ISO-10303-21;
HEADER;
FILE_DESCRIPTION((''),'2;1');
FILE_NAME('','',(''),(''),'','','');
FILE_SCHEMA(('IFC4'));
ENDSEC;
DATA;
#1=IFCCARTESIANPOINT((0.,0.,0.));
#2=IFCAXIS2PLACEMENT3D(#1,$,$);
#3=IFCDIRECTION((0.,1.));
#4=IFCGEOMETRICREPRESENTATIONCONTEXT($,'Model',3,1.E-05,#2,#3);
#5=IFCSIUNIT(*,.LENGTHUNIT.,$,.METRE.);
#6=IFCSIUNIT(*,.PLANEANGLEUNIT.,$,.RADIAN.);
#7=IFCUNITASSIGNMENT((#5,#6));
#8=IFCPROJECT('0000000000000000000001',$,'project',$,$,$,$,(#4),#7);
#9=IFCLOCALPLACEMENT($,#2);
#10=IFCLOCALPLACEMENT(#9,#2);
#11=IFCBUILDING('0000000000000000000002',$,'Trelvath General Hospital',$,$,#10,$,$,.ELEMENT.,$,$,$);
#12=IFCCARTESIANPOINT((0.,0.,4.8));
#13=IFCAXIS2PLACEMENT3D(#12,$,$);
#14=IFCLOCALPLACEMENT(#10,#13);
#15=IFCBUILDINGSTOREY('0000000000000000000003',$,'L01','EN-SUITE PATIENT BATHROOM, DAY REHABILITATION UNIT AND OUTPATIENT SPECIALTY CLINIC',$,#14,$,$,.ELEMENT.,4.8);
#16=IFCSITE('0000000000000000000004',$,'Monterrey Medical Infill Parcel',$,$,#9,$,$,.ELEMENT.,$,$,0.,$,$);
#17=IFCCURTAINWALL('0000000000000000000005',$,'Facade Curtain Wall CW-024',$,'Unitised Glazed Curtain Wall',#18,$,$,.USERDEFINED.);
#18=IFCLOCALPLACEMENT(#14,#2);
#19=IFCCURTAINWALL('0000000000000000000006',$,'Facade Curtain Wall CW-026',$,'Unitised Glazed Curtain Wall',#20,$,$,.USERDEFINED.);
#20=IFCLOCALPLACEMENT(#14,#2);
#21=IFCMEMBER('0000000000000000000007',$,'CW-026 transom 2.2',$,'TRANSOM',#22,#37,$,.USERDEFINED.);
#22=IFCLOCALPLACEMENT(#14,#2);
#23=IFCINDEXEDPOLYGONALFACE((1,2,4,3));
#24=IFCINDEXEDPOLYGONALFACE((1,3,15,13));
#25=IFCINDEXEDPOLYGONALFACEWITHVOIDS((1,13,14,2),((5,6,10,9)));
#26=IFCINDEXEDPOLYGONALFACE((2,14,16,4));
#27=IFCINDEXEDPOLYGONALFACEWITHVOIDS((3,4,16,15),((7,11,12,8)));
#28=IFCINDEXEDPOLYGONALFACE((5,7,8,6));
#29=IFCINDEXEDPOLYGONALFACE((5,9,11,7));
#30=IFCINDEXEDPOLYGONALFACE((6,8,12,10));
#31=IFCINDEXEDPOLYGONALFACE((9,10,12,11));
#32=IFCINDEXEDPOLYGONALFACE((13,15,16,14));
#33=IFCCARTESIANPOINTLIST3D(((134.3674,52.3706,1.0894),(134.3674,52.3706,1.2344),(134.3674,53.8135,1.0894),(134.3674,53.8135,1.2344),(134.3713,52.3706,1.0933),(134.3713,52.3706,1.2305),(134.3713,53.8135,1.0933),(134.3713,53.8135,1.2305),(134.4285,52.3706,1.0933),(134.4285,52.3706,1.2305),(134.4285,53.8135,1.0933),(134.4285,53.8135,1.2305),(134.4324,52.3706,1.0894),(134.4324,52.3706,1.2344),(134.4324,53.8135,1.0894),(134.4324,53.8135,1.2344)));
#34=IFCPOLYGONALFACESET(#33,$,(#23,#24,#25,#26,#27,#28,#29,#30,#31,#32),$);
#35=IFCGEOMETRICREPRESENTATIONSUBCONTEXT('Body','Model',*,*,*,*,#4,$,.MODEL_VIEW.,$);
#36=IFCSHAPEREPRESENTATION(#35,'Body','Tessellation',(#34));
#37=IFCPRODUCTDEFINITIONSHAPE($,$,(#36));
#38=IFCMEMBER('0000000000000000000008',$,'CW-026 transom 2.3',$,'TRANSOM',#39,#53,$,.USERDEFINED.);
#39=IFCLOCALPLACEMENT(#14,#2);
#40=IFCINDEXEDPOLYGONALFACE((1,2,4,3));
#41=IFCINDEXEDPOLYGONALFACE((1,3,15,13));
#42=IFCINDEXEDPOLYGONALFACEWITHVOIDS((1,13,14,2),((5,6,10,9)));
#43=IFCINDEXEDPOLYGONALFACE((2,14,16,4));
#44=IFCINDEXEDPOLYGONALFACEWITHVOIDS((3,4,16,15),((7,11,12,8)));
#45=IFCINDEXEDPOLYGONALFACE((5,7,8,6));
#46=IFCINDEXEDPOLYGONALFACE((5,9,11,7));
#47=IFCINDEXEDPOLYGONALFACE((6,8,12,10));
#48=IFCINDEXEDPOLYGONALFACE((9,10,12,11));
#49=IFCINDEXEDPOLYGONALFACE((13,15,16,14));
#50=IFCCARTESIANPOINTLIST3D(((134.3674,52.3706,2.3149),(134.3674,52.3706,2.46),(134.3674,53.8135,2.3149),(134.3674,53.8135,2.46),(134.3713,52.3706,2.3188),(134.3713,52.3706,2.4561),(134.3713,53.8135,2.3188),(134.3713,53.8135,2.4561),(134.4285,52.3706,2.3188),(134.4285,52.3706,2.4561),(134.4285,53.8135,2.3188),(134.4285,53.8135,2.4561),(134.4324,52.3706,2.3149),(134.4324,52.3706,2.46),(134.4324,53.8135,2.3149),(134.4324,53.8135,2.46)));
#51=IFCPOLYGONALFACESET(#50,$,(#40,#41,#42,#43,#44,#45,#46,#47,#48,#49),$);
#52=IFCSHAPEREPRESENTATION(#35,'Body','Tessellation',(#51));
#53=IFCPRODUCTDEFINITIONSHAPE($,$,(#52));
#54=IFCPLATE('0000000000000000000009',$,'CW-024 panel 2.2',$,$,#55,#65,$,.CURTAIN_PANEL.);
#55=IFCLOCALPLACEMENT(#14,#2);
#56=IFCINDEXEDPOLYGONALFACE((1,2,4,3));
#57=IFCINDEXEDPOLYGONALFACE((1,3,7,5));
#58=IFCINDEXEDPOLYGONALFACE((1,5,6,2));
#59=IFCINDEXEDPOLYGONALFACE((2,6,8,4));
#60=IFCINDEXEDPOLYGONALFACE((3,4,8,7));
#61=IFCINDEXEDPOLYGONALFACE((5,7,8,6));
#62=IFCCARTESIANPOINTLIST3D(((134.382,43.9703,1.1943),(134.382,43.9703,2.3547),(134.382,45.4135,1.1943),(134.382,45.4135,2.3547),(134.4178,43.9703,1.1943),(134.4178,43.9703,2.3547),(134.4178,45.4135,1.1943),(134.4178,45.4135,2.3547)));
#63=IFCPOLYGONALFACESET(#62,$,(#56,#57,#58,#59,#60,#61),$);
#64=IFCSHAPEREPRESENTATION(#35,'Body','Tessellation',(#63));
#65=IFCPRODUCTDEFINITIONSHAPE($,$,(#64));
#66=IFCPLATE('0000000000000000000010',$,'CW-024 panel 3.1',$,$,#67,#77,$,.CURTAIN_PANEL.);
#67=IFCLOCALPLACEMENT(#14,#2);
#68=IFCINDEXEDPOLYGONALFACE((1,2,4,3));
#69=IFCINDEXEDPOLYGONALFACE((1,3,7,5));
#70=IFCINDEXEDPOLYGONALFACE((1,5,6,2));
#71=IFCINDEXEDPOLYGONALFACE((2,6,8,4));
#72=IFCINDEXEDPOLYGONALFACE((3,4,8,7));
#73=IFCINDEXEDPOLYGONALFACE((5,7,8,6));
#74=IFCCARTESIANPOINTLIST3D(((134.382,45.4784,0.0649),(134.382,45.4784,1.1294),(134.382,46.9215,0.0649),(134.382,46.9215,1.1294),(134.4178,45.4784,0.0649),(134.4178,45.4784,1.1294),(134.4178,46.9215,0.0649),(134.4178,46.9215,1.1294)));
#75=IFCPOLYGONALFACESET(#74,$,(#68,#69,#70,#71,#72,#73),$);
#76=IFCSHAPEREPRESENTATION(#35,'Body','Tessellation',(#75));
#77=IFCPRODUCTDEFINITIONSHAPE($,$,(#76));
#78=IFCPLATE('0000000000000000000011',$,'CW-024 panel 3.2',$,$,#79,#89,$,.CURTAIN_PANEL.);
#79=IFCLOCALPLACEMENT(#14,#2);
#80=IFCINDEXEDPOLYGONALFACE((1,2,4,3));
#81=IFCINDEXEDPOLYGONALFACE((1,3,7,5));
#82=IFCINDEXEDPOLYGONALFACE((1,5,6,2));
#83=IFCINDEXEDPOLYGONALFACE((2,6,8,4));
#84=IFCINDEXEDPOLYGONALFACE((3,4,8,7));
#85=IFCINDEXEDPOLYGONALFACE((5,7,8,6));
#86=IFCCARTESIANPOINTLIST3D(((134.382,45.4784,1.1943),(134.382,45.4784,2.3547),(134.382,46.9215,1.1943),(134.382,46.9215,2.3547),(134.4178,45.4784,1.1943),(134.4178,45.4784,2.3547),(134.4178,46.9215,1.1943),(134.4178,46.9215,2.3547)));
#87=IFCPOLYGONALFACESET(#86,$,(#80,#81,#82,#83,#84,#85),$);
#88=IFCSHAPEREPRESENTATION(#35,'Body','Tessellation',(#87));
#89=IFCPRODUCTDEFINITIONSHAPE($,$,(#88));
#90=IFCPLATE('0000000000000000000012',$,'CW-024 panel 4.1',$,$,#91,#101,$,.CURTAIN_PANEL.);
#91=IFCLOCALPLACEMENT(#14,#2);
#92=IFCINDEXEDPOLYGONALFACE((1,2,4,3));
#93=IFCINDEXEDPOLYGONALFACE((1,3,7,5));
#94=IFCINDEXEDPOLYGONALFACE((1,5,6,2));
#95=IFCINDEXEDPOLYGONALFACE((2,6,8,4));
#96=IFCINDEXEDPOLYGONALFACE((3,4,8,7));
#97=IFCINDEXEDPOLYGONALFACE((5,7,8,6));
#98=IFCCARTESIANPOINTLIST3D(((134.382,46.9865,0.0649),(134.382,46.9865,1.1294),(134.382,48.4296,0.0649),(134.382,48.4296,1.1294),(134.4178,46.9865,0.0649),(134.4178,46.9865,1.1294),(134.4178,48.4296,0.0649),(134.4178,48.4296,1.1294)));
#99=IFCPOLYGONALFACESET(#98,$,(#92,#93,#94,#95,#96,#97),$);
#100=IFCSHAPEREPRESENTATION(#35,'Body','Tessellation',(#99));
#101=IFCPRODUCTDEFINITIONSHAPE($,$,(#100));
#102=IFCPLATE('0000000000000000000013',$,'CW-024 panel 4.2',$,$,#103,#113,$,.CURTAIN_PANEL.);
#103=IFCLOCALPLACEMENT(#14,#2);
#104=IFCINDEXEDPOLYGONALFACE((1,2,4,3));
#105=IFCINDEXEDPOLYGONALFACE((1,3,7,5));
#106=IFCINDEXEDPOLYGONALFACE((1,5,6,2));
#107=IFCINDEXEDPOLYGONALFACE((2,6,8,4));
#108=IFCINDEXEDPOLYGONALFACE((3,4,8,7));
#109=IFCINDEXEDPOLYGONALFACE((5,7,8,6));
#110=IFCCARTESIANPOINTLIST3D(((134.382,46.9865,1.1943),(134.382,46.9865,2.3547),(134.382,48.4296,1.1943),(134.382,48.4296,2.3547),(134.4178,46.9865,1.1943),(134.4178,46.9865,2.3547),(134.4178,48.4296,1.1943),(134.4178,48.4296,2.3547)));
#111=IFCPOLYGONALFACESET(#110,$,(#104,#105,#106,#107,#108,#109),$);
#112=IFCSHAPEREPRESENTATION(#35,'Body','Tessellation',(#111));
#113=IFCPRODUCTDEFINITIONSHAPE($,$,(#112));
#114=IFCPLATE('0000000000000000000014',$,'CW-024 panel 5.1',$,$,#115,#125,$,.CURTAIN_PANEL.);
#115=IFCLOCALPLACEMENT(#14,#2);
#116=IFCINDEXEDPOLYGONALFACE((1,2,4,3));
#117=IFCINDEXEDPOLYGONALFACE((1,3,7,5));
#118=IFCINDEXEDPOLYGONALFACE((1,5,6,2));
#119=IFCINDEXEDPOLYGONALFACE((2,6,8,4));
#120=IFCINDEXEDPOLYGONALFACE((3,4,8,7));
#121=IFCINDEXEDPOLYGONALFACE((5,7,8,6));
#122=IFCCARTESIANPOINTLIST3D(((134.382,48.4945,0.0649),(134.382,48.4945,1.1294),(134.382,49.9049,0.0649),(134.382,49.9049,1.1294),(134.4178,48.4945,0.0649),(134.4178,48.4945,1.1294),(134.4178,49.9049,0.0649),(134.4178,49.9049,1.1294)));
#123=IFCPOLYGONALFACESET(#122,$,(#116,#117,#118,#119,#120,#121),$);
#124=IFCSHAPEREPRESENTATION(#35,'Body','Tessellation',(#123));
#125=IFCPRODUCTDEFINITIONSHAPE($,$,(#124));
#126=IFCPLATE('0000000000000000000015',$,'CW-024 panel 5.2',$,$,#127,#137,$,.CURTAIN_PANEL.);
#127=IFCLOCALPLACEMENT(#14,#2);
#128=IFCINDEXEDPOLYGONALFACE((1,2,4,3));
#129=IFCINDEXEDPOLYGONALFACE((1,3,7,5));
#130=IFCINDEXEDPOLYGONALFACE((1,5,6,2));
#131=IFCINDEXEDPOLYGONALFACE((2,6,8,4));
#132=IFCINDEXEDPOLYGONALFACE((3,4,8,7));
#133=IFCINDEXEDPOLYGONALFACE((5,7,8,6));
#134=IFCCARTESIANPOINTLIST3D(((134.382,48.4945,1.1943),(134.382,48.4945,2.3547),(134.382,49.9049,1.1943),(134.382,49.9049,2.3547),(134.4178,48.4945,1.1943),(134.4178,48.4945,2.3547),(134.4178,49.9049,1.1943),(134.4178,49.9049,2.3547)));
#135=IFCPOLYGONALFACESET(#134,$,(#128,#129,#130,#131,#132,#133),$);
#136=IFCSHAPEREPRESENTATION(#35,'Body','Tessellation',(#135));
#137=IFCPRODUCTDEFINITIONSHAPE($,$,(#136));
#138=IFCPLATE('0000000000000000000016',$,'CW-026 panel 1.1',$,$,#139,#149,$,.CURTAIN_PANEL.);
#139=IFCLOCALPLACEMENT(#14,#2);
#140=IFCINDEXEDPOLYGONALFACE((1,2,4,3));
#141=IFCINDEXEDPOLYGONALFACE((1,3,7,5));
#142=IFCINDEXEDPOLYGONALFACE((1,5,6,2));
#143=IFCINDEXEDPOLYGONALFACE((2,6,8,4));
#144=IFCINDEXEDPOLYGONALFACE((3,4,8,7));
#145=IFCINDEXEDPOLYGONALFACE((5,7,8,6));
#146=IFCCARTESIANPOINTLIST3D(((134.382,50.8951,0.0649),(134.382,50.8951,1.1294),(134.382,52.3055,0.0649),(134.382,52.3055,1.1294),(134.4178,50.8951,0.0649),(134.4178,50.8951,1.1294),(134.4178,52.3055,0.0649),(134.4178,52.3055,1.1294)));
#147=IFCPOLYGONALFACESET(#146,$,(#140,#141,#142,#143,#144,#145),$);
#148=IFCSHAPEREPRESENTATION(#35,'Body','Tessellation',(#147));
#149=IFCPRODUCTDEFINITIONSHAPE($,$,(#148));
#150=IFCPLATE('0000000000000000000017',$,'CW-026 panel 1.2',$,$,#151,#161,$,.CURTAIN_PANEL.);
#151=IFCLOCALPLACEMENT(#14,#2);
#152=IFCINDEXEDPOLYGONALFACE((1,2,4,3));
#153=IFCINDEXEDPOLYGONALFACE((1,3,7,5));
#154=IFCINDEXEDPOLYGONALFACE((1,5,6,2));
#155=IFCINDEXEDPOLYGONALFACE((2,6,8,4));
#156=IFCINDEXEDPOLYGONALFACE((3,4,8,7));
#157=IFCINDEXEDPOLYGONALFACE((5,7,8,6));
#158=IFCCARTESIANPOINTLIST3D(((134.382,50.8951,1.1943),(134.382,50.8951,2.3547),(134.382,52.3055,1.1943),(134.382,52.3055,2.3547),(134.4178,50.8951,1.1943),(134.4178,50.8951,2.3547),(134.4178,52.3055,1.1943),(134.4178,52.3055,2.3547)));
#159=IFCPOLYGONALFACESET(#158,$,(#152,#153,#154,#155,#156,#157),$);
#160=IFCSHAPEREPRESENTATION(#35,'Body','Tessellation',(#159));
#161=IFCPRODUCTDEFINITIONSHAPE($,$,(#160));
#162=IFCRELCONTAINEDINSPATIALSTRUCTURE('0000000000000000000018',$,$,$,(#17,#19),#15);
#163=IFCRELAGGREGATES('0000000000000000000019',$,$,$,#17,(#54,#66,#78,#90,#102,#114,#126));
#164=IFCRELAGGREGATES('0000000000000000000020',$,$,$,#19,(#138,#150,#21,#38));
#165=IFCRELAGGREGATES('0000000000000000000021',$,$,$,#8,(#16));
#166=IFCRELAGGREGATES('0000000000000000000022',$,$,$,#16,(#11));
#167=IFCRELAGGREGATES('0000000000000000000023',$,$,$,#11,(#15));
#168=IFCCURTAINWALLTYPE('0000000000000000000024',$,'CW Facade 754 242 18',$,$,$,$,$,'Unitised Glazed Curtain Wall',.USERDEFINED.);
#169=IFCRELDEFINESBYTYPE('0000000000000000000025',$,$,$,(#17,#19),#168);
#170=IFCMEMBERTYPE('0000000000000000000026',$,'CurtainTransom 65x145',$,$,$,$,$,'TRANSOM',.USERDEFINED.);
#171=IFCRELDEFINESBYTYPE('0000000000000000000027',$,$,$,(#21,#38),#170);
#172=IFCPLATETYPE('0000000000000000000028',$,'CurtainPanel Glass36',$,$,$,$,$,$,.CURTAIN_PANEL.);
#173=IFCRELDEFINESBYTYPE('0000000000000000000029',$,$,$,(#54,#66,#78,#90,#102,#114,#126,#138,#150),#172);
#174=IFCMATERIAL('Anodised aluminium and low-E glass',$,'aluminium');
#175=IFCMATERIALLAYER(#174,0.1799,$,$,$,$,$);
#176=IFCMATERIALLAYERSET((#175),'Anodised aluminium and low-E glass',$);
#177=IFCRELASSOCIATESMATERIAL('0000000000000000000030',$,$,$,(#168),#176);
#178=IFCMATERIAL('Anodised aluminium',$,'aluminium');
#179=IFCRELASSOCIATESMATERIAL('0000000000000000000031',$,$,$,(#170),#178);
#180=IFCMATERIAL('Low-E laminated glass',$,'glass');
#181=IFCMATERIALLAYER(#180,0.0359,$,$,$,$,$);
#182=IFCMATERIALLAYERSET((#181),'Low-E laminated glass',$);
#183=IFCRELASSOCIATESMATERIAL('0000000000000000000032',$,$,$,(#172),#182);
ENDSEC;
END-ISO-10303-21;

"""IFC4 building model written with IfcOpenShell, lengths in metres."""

from ifc_helpers import new_model, si_unit, direction, frame, origin, origin_2d, place, context, subcontext, project, spatial, rectangle, hollow_rectangle, extrude, material, layer, layer_set, material_profile, profile_set, type_object, element, aggregate, save


model = new_model("IFC4")

# Units and contexts
model_context = context("Model", 3, precision=1e-05, world=origin(), true_north=direction((0.0, 1.0)))
body_context = subcontext(model_context, "Body", "Model", "MODEL_VIEW")
ifc_project = project(units=[si_unit("LENGTHUNIT", "METRE"), si_unit("PLANEANGLEUNIT", "RADIAN")], contexts=[model_context])

# Site, building, storey
site_placement = place(None, origin())
site = spatial("IfcSite", under=ifc_project, at=site_placement, Name="Monterrey Medical Infill Parcel", CompositionType="ELEMENT", RefElevation=0.0)
building_placement = place(site_placement, origin())
building = spatial("IfcBuilding", under=site, at=building_placement, Name="Trelvath General Hospital", CompositionType="ELEMENT")
storey_placement = place(building_placement, frame((0.0, 0.0, 4.8)))
storey = spatial("IfcBuildingStorey", under=building, at=storey_placement, Name="L01", Description="EN-SUITE PATIENT BATHROOM, DAY REHABILITATION UNIT AND OUTPATIENT SPECIALTY CLINIC", CompositionType="ELEMENT", Elevation=4.8)

# Curtain walls
ifc_material_1 = material(Name="Anodised aluminium and low-E glass", Category="aluminium")
ifc_layer_1 = layer(ifc_material_1, 0.1799)
ifc_layer_set_1 = layer_set([ifc_layer_1], Name="Anodised aluminium and low-E glass")
curtain_wall_type = type_object("IfcCurtainWallType", Name="CW Facade 754 242 18", ElementType="Unitised Glazed Curtain Wall", PredefinedType="USERDEFINED", material=ifc_layer_set_1)
curtain_wall_1_placement = place(storey_placement, origin())
curtain_wall_1 = element("IfcCurtainWall", 1, at=curtain_wall_1_placement, inside=storey, type_object=curtain_wall_type, Name="Facade Curtain Wall CW-024", ObjectType="Unitised Glazed Curtain Wall", PredefinedType="USERDEFINED")
curtain_wall_2_placement = place(storey_placement, origin())
curtain_wall_2 = element("IfcCurtainWall", 2, at=curtain_wall_2_placement, inside=storey, type_object=curtain_wall_type, Name="Facade Curtain Wall CW-026", ObjectType="Unitised Glazed Curtain Wall", PredefinedType="USERDEFINED")

# Members
ifc_material_2 = material(Name="Anodised aluminium", Category="aluminium")
ifc_material_profile_1 = material_profile(ifc_material_2, hollow_rectangle(XDim=0.0649, YDim=0.145, WallThickness=0.0039, at=origin_2d()), Name="RHS65x145x4")
ifc_profile_set_1 = profile_set([ifc_material_profile_1], Name="Anodised aluminium")
member_type_1 = type_object("IfcMemberType", Name="CurtainTransom 65x145", ElementType="TRANSOM", PredefinedType="USERDEFINED", material=ifc_profile_set_1)
member_1_placement = place(storey_placement, frame((134.3999, 52.3706, 1.1619), z_axis=(0.0, 1.0, 0.0), x_axis=(-1.0, 0.0, 0.0)))
member_1 = element("IfcMember", 3, at=member_1_placement, type_object=member_type_1, Name="CW-026 transom 2.2", ObjectType="TRANSOM", PredefinedType="USERDEFINED", context=body_context, shape_type="SweptSolid", body=[
    extrude(hollow_rectangle(XDim=0.0649, YDim=0.145, WallThickness=0.0039, at=origin_2d()), origin(), (0.0, 0.0, 1.0), 1.4429),
])
member_2_placement = place(storey_placement, frame((134.3999, 52.3706, 2.3875), z_axis=(0.0, 1.0, 0.0), x_axis=(-1.0, 0.0, 0.0)))
member_2 = element("IfcMember", 4, at=member_2_placement, type_object=member_type_1, Name="CW-026 transom 2.3", ObjectType="TRANSOM", PredefinedType="USERDEFINED", context=body_context, shape_type="SweptSolid", body=[
    extrude(hollow_rectangle(XDim=0.0649, YDim=0.145, WallThickness=0.0039, at=origin_2d()), origin(), (0.0, 0.0, 1.0), 1.4429),
])

# Plates
ifc_material_3 = material(Name="Low-E laminated glass", Category="glass")
ifc_layer_2 = layer(ifc_material_3, 0.0359)
ifc_layer_set_2 = layer_set([ifc_layer_2], Name="Low-E laminated glass")
plate_type = type_object("IfcPlateType", Name="CurtainPanel Glass36", PredefinedType="CURTAIN_PANEL", material=ifc_layer_set_2)
plate_1_placement = place(storey_placement, frame((134.3999, 44.6919, 1.1943), z_axis=(0.0, 0.0, 1.0), x_axis=(0.0, 1.0, 0.0)))
plate_1 = element("IfcPlate", 5, at=plate_1_placement, type_object=plate_type, Name="CW-024 panel 2.2", PredefinedType="CURTAIN_PANEL", context=body_context, shape_type="SweptSolid", body=[
    extrude(rectangle(XDim=1.4431, YDim=0.0359, at=origin_2d()), origin(), (0.0, 0.0, 1.0), 1.1604),
])
plate_2_placement = place(storey_placement, frame((134.3999, 46.2, 0.0649), z_axis=(0.0, 0.0, 1.0), x_axis=(0.0, 1.0, 0.0)))
plate_2 = element("IfcPlate", 6, at=plate_2_placement, type_object=plate_type, Name="CW-024 panel 3.1", PredefinedType="CURTAIN_PANEL", context=body_context, shape_type="SweptSolid", body=[
    extrude(rectangle(XDim=1.4431, YDim=0.0359, at=origin_2d()), origin(), (0.0, 0.0, 1.0), 1.0645),
])
plate_3_placement = place(storey_placement, frame((134.3999, 46.2, 1.1943), z_axis=(0.0, 0.0, 1.0), x_axis=(0.0, 1.0, 0.0)))
plate_3 = element("IfcPlate", 7, at=plate_3_placement, type_object=plate_type, Name="CW-024 panel 3.2", PredefinedType="CURTAIN_PANEL", context=body_context, shape_type="SweptSolid", body=[
    extrude(rectangle(XDim=1.4431, YDim=0.0359, at=origin_2d()), origin(), (0.0, 0.0, 1.0), 1.1604),
])
plate_4_placement = place(storey_placement, frame((134.3999, 47.708, 0.0649), z_axis=(0.0, 0.0, 1.0), x_axis=(0.0, 1.0, 0.0)))
plate_4 = element("IfcPlate", 8, at=plate_4_placement, type_object=plate_type, Name="CW-024 panel 4.1", PredefinedType="CURTAIN_PANEL", context=body_context, shape_type="SweptSolid", body=[
    extrude(rectangle(XDim=1.4431, YDim=0.0359, at=origin_2d()), origin(), (0.0, 0.0, 1.0), 1.0645),
])
plate_5_placement = place(storey_placement, frame((134.3999, 47.708, 1.1943), z_axis=(0.0, 0.0, 1.0), x_axis=(0.0, 1.0, 0.0)))
plate_5 = element("IfcPlate", 9, at=plate_5_placement, type_object=plate_type, Name="CW-024 panel 4.2", PredefinedType="CURTAIN_PANEL", context=body_context, shape_type="SweptSolid", body=[
    extrude(rectangle(XDim=1.4431, YDim=0.0359, at=origin_2d()), origin(), (0.0, 0.0, 1.0), 1.1604),
])
plate_6_placement = place(storey_placement, frame((134.3999, 49.1997, 0.0649), z_axis=(0.0, 0.0, 1.0), x_axis=(0.0, 1.0, 0.0)))
plate_6 = element("IfcPlate", 10, at=plate_6_placement, type_object=plate_type, Name="CW-024 panel 5.1", PredefinedType="CURTAIN_PANEL", context=body_context, shape_type="SweptSolid", body=[
    extrude(rectangle(XDim=1.4104, YDim=0.0359, at=origin_2d()), origin(), (0.0, 0.0, 1.0), 1.0645),
])
plate_7_placement = place(storey_placement, frame((134.3999, 49.1997, 1.1943), z_axis=(0.0, 0.0, 1.0), x_axis=(0.0, 1.0, 0.0)))
plate_7 = element("IfcPlate", 11, at=plate_7_placement, type_object=plate_type, Name="CW-024 panel 5.2", PredefinedType="CURTAIN_PANEL", context=body_context, shape_type="SweptSolid", body=[
    extrude(rectangle(XDim=1.4104, YDim=0.0359, at=origin_2d()), origin(), (0.0, 0.0, 1.0), 1.1604),
])
aggregate(curtain_wall_1, [plate_1, plate_2, plate_3, plate_4, plate_5, plate_6, plate_7])
plate_8_placement = place(storey_placement, frame((134.3999, 51.6003, 0.0649), z_axis=(0.0, 0.0, 1.0), x_axis=(0.0, 1.0, 0.0)))
plate_8 = element("IfcPlate", 12, at=plate_8_placement, type_object=plate_type, Name="CW-026 panel 1.1", PredefinedType="CURTAIN_PANEL", context=body_context, shape_type="SweptSolid", body=[
    extrude(rectangle(XDim=1.4104, YDim=0.0359, at=origin_2d()), origin(), (0.0, 0.0, 1.0), 1.0645),
])
plate_9_placement = place(storey_placement, frame((134.3999, 51.6003, 1.1943), z_axis=(0.0, 0.0, 1.0), x_axis=(0.0, 1.0, 0.0)))
plate_9 = element("IfcPlate", 13, at=plate_9_placement, type_object=plate_type, Name="CW-026 panel 1.2", PredefinedType="CURTAIN_PANEL", context=body_context, shape_type="SweptSolid", body=[
    extrude(rectangle(XDim=1.4104, YDim=0.0359, at=origin_2d()), origin(), (0.0, 0.0, 1.0), 1.1604),
])
aggregate(curtain_wall_2, [plate_8, plate_9, member_1, member_2])

save(model, "model.ifc")
